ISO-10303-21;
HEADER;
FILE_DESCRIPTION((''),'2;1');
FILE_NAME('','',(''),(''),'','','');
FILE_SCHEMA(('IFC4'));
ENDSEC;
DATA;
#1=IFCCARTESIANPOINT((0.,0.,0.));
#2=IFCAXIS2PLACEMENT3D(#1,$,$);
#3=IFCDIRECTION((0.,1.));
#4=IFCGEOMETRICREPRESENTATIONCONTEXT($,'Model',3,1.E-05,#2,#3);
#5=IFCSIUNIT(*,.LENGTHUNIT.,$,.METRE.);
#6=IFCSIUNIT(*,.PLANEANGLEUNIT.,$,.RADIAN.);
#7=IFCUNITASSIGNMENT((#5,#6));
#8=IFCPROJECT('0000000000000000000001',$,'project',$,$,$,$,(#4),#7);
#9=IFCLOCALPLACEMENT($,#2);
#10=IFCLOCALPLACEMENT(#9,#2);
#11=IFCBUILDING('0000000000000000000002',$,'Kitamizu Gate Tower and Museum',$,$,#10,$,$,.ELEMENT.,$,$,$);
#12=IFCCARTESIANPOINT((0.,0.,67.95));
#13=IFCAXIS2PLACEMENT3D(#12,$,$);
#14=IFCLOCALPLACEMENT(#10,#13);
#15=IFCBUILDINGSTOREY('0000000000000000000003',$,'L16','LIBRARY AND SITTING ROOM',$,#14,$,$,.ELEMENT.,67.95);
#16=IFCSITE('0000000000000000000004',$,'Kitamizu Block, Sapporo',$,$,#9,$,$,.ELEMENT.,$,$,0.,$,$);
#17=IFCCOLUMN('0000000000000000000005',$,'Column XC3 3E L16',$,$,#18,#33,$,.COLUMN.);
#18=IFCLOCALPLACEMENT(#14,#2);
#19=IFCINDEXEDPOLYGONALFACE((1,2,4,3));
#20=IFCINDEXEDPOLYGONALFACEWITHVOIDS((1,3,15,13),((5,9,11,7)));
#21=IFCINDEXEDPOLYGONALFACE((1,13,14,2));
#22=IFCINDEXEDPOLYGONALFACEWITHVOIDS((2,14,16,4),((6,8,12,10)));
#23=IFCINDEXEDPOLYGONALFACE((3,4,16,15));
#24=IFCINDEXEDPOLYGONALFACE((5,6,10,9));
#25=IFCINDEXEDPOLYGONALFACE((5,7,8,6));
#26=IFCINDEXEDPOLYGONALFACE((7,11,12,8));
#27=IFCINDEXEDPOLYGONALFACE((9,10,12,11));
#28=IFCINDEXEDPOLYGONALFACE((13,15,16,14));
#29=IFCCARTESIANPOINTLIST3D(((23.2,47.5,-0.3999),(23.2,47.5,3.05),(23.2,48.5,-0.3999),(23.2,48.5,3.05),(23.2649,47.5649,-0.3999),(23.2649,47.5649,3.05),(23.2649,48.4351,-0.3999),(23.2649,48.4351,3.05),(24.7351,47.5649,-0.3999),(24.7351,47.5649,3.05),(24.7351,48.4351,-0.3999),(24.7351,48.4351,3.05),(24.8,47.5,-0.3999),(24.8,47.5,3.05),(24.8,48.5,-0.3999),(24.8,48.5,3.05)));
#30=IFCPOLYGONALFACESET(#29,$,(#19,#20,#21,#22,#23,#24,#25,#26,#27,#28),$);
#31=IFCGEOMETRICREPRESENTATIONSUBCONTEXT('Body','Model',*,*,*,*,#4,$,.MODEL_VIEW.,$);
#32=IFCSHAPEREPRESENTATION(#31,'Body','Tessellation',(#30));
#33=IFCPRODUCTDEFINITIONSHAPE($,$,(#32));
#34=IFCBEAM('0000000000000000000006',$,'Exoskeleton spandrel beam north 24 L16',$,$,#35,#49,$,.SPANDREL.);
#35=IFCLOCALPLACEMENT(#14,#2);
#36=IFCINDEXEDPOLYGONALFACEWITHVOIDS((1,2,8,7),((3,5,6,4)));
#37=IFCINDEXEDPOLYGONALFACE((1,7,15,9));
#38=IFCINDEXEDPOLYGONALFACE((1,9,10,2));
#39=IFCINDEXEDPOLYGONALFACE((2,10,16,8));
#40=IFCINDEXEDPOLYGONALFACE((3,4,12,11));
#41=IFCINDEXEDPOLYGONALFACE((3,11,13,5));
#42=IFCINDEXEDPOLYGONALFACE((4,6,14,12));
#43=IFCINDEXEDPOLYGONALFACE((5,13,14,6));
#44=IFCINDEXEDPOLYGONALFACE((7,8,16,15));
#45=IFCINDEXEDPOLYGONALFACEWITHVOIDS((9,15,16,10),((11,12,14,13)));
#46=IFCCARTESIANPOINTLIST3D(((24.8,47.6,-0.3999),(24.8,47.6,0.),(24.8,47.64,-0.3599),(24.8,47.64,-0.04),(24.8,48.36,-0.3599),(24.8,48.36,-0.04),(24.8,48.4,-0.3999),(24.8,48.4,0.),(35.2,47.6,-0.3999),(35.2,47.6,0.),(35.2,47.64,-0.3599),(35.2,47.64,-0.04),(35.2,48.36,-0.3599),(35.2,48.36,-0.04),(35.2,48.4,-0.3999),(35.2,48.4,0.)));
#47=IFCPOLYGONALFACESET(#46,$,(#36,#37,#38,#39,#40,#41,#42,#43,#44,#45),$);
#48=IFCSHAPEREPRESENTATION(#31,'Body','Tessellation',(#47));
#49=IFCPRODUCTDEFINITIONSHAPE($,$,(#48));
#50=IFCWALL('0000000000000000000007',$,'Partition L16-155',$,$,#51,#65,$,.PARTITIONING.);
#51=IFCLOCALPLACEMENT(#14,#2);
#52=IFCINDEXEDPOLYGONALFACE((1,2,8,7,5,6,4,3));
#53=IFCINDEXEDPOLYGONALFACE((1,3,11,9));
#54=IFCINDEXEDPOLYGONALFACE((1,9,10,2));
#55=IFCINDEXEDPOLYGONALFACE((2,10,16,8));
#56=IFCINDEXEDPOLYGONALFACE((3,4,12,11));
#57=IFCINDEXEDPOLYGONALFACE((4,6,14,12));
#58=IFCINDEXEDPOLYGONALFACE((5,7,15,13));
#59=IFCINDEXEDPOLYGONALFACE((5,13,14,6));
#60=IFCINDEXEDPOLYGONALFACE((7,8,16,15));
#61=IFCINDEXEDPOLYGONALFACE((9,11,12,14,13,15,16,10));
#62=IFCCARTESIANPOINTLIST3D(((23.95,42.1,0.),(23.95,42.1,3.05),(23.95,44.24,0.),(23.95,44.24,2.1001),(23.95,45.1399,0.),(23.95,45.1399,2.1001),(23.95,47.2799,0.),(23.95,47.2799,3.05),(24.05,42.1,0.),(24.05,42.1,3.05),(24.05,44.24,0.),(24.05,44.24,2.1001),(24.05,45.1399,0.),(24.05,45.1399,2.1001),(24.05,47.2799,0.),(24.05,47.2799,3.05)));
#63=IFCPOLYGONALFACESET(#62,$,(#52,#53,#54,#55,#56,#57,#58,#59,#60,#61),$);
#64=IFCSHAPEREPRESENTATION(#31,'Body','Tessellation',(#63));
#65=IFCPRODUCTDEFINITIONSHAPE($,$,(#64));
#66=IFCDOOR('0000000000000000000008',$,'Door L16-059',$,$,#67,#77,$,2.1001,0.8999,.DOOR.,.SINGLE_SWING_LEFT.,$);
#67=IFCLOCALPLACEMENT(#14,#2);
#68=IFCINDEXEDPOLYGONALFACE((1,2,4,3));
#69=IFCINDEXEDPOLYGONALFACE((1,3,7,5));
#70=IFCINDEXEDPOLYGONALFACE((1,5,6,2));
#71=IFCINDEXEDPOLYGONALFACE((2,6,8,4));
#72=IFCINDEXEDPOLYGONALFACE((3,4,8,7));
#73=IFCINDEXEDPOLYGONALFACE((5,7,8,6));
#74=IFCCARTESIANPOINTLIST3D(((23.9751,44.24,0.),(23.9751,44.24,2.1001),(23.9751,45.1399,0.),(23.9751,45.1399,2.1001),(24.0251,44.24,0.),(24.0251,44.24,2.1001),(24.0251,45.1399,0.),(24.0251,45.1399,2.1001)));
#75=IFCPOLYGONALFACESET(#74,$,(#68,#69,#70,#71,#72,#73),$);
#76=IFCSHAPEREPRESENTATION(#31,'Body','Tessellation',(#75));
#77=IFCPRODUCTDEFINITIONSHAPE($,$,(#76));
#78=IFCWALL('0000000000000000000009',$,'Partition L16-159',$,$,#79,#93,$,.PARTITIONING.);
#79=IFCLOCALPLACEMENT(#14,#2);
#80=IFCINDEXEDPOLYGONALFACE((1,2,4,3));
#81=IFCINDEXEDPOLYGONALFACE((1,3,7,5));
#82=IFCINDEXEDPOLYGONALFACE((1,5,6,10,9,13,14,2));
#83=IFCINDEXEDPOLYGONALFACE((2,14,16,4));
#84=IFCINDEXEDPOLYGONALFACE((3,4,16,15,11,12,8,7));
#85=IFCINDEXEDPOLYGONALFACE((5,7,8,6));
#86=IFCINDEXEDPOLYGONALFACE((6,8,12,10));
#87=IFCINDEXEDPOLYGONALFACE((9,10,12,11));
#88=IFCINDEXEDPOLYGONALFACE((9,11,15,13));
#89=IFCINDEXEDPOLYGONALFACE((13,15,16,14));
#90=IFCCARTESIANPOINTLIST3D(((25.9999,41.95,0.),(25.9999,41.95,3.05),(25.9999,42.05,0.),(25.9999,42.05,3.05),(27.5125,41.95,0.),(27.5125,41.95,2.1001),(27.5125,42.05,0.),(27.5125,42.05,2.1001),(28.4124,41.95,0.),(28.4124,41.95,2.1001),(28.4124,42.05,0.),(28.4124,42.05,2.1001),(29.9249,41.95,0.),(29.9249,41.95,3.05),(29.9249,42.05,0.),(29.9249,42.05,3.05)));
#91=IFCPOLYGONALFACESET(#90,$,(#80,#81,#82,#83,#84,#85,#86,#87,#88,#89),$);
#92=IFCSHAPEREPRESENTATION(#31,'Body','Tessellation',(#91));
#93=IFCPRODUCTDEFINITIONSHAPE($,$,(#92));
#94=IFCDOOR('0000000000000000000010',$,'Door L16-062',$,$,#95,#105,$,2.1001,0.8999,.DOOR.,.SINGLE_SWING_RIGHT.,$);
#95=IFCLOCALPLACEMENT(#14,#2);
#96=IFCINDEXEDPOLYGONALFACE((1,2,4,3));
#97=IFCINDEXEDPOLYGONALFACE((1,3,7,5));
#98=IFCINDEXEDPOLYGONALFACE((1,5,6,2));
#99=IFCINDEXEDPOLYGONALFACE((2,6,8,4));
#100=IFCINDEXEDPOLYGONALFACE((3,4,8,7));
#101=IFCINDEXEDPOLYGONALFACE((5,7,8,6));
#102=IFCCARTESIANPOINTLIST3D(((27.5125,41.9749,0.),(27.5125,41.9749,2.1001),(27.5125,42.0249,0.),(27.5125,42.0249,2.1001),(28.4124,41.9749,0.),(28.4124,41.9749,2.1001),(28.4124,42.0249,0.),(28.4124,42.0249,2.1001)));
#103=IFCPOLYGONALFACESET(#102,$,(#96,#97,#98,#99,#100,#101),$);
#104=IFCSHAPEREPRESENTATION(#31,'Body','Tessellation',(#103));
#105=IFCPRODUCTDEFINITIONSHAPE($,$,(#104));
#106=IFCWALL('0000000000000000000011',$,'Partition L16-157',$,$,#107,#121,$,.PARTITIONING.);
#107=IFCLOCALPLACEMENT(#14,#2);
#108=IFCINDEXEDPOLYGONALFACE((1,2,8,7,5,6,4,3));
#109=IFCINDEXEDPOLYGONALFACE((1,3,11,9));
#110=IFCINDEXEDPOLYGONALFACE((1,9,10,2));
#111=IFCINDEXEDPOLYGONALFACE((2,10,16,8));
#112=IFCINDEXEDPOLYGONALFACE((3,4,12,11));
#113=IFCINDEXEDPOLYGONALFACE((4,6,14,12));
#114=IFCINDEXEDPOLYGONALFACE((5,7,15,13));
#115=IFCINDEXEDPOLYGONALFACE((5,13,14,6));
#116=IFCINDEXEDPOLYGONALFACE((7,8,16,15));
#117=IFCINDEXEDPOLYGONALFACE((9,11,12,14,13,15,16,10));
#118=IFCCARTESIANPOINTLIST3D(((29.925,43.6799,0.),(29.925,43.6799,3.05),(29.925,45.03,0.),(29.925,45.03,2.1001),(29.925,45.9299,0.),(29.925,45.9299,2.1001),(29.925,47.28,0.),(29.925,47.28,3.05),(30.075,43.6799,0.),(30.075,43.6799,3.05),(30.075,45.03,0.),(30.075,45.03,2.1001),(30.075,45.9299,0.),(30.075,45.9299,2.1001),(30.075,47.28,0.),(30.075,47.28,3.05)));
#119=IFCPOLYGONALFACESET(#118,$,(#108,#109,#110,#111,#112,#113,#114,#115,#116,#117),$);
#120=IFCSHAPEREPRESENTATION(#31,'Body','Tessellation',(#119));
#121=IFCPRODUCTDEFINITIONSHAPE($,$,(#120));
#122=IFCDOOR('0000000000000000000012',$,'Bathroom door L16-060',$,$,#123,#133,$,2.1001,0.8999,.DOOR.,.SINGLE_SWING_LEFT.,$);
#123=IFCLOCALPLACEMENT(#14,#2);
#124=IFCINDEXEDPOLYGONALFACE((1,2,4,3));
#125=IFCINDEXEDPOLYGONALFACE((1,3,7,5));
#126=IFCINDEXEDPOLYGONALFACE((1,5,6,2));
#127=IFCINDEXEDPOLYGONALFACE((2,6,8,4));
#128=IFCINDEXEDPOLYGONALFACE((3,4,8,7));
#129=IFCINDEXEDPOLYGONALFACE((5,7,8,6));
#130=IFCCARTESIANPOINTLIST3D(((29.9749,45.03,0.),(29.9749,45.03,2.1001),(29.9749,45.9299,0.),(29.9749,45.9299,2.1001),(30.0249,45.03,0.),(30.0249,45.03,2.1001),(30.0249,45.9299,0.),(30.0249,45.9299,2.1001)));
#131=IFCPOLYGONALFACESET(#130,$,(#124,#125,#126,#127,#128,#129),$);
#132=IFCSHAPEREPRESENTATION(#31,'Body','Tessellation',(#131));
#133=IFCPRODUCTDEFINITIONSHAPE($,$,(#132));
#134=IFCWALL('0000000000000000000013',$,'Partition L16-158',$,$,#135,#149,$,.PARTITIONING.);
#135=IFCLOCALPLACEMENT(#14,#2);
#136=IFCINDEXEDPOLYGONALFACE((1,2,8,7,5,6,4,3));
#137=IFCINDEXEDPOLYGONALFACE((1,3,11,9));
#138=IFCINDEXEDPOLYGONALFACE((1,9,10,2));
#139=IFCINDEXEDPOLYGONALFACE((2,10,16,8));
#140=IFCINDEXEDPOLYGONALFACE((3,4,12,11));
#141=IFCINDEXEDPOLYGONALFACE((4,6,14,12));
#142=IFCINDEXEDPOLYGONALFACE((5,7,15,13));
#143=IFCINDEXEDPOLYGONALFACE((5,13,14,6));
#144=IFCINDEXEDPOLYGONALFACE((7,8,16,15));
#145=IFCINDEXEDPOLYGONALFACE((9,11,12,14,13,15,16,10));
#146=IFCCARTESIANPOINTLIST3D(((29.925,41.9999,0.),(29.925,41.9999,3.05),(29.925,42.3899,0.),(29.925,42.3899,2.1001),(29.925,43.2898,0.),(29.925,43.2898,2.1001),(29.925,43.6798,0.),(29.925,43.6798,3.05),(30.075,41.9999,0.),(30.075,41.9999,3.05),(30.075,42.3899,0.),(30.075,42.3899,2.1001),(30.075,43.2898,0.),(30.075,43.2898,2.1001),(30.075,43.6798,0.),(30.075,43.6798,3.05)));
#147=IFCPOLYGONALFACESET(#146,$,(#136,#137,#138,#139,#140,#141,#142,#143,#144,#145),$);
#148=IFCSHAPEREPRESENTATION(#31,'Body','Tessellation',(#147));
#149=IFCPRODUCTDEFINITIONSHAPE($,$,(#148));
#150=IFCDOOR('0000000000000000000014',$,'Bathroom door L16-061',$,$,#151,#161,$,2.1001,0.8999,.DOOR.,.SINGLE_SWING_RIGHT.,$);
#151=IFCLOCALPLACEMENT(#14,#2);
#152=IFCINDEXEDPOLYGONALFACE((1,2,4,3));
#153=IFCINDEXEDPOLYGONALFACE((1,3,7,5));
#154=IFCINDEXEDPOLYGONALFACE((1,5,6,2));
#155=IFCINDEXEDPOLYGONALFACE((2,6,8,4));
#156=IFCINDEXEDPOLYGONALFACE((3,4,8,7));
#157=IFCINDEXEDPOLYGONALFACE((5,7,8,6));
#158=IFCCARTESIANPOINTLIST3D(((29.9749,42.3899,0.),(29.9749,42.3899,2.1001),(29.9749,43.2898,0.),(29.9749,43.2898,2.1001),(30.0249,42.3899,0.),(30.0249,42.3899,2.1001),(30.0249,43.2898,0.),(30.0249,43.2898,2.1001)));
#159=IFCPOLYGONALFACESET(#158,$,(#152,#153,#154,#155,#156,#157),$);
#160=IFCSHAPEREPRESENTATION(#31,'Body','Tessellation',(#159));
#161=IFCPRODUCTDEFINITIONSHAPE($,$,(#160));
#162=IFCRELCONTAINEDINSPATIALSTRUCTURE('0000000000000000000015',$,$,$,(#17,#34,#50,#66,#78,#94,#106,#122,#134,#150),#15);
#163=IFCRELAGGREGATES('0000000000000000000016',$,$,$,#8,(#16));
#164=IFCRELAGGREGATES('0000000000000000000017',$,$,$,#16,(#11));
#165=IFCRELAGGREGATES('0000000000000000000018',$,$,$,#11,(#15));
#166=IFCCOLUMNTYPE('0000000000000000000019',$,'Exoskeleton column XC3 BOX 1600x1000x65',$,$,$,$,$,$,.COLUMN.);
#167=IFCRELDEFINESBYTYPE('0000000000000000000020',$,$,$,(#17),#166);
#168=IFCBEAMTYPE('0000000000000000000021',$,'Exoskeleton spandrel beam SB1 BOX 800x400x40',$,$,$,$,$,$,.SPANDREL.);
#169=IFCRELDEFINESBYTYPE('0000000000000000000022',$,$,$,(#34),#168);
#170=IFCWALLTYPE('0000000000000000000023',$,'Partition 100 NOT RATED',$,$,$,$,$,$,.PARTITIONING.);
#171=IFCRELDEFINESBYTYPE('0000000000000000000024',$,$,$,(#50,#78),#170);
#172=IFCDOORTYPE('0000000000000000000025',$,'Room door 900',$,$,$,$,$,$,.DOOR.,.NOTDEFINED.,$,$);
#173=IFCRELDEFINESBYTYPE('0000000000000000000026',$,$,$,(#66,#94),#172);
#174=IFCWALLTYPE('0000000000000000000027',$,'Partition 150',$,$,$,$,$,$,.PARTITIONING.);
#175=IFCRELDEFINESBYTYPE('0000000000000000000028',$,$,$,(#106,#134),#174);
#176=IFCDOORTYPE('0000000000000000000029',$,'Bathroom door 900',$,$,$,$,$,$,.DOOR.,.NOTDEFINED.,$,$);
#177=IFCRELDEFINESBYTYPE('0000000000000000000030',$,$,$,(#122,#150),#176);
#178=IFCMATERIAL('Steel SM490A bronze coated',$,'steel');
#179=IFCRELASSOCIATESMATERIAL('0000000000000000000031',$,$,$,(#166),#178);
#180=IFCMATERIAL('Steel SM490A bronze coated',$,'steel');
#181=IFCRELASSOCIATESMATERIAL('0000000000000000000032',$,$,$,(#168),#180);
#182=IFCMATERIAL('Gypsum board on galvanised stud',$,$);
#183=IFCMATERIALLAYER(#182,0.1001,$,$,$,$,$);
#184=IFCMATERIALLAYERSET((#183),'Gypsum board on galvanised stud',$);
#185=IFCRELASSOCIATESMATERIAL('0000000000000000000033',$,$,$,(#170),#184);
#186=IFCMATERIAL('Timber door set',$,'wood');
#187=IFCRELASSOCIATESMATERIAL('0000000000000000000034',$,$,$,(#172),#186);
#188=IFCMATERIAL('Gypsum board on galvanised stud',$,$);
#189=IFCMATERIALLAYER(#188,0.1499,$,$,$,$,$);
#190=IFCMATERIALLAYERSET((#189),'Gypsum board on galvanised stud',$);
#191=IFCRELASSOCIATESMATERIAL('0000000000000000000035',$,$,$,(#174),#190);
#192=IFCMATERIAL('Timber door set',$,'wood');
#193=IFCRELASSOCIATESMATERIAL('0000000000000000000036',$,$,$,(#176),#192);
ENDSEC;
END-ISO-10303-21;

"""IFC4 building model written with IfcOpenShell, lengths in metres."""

from ifc_helpers import new_model, si_unit, direction, frame, frame_2d, origin, origin_2d, place, context, subcontext, project, spatial, rectangle, hollow_rectangle, extrude, material, layer, layer_set, material_profile, profile_set, type_object, element, fill, save


model = new_model("IFC4")

# Units and contexts
model_context = context("Model", 3, precision=1e-05, world=origin(), true_north=direction((0.0, 1.0)))
body_context = subcontext(model_context, "Body", "Model", "MODEL_VIEW")
ifc_project = project(units=[si_unit("LENGTHUNIT", "METRE"), si_unit("PLANEANGLEUNIT", "RADIAN")], contexts=[model_context])

# Site, building, storey
site_placement = place(None, origin())
site = spatial("IfcSite", under=ifc_project, at=site_placement, Name="Kitamizu Block, Sapporo", CompositionType="ELEMENT", RefElevation=0.0)
building_placement = place(site_placement, origin())
building = spatial("IfcBuilding", under=site, at=building_placement, Name="Kitamizu Gate Tower and Museum", CompositionType="ELEMENT")
storey_placement = place(building_placement, frame((0.0, 0.0, 67.95)))
storey = spatial("IfcBuildingStorey", under=building, at=storey_placement, Name="L16", Description="LIBRARY AND SITTING ROOM", CompositionType="ELEMENT", Elevation=67.95)

# Column
ifc_material_1 = material(Name="Steel SM490A bronze coated", Category="steel")
ifc_material_profile_1 = material_profile(ifc_material_1, hollow_rectangle(XDim=1.6001, YDim=1.0, WallThickness=0.0649, at=origin_2d()), Name="BOX 1600x1000x65")
ifc_profile_set_1 = profile_set([ifc_material_profile_1], Name="Steel SM490A bronze coated")
column_type = type_object("IfcColumnType", Name="Exoskeleton column XC3 BOX 1600x1000x65", PredefinedType="COLUMN", material=ifc_profile_set_1)
column_placement = place(storey_placement, frame((24.0, 48.0, -0.3999), z_axis=(0.0, 0.0, 1.0), x_axis=(1.0, 0.0, 0.0)))
element("IfcColumn", 1, at=column_placement, inside=storey, type_object=column_type, Name="Column XC3 3E L16", PredefinedType="COLUMN", context=body_context, shape_type="SweptSolid", body=[
    extrude(hollow_rectangle(XDim=1.6001, YDim=1.0, WallThickness=0.0649, at=origin_2d()), origin(), (0.0, 0.0, 1.0), 3.45),
])

# Beam
ifc_material_2 = material(Name="Steel SM490A bronze coated", Category="steel")
ifc_material_profile_2 = material_profile(ifc_material_2, hollow_rectangle(XDim=0.8, YDim=0.3999, WallThickness=0.04, at=origin_2d()), Name="BOX 800x400x40")
ifc_profile_set_2 = profile_set([ifc_material_profile_2], Name="Steel SM490A bronze coated")
beam_type = type_object("IfcBeamType", Name="Exoskeleton spandrel beam SB1 BOX 800x400x40", PredefinedType="SPANDREL", material=ifc_profile_set_2)
beam_placement = place(storey_placement, frame((24.8, 48.0, -0.2), z_axis=(1.0, 0.0, 0.0), x_axis=(0.0, 1.0, 0.0)))
element("IfcBeam", 2, at=beam_placement, inside=storey, type_object=beam_type, Name="Exoskeleton spandrel beam north 24 L16", PredefinedType="SPANDREL", context=body_context, shape_type="SweptSolid", body=[
    extrude(hollow_rectangle(XDim=0.8, YDim=0.3999, WallThickness=0.04, at=origin_2d()), origin(), (0.0, 0.0, 1.0), 10.3999),
])

# Walls, openings, doors
ifc_material_3 = material(Name="Gypsum board on galvanised stud")
ifc_layer_1 = layer(ifc_material_3, 0.1001)
ifc_layer_set_1 = layer_set([ifc_layer_1], Name="Gypsum board on galvanised stud")
wall_type_1 = type_object("IfcWallType", Name="Partition 100 NOT RATED", PredefinedType="PARTITIONING", material=ifc_layer_set_1)
wall_1_placement = place(storey_placement, frame((24.0, 42.1001, 0.0), z_axis=(0.0, 0.0, 1.0), x_axis=(0.0, 1.0, 0.0)))
wall_1 = element("IfcWall", 3, at=wall_1_placement, inside=storey, type_object=wall_type_1, Name="Partition L16-155", PredefinedType="PARTITIONING", context=body_context, shape_type="SweptSolid", body=[
    extrude(rectangle(XDim=5.1799, YDim=0.1001, at=frame_2d((2.5898, 0.0))), origin(), (0.0, 0.0, 1.0), 3.05),
])
opening_1_placement = place(wall_1_placement, frame((2.1399, 0.0, 0.0)))
opening_1 = element("IfcOpeningElement", 4, at=opening_1_placement, cuts=wall_1, PredefinedType="OPENING", context=body_context, shape_type="SweptSolid", body=[
    extrude(rectangle(XDim=0.8999, YDim=2.1001, at=frame_2d((0.45, 1.05))), frame((0.0, 0.0601, 0.0), z_axis=(0.0, -1.0, 0.0), x_axis=(1.0, 0.0, 0.0)), (0.0, 0.0, 1.0), 0.1201),
])
ifc_material_4 = material(Name="Timber door set", Category="wood")
door_type_1 = type_object("IfcDoorType", Name="Room door 900", OperationType="NOTDEFINED", PredefinedType="DOOR", material=ifc_material_4)
door_1_placement = place(opening_1_placement, origin())
door_1 = element("IfcDoor", 5, at=door_1_placement, inside=storey, type_object=door_type_1, Name="Door L16-059", OperationType="SINGLE_SWING_LEFT", OverallHeight=2.1001, OverallWidth=0.8999, PredefinedType="DOOR", context=body_context, shape_type="SweptSolid", body=[
    extrude(rectangle(XDim=0.8999, YDim=2.1001, at=frame_2d((0.45, 1.05))), frame((0.0, 0.0249, 0.0), z_axis=(0.0, -1.0, 0.0), x_axis=(1.0, 0.0, 0.0)), (0.0, 0.0, 1.0), 0.05),
])
fill(opening_1, door_1)
wall_2_placement = place(storey_placement, frame((26.0, 42.0, 0.0), z_axis=(0.0, 0.0, 1.0), x_axis=(1.0, 0.0, 0.0)))
wall_2 = element("IfcWall", 6, at=wall_2_placement, inside=storey, type_object=wall_type_1, Name="Partition L16-159", PredefinedType="PARTITIONING", context=body_context, shape_type="SweptSolid", body=[
    extrude(rectangle(XDim=3.925, YDim=0.1001, at=frame_2d((1.9624, 0.0))), origin(), (0.0, 0.0, 1.0), 3.05),
])
opening_2_placement = place(wall_2_placement, frame((1.5125, 0.0, 0.0)))
opening_2 = element("IfcOpeningElement", 7, at=opening_2_placement, cuts=wall_2, PredefinedType="OPENING", context=body_context, shape_type="SweptSolid", body=[
    extrude(rectangle(XDim=0.8999, YDim=2.1001, at=frame_2d((0.45, 1.05))), frame((0.0, 0.0601, 0.0), z_axis=(0.0, -1.0, 0.0), x_axis=(1.0, 0.0, 0.0)), (0.0, 0.0, 1.0), 0.1201),
])
door_2_placement = place(opening_2_placement, origin())
door_2 = element("IfcDoor", 8, at=door_2_placement, inside=storey, type_object=door_type_1, Name="Door L16-062", OperationType="SINGLE_SWING_RIGHT", OverallHeight=2.1001, OverallWidth=0.8999, PredefinedType="DOOR", context=body_context, shape_type="SweptSolid", body=[
    extrude(rectangle(XDim=0.8999, YDim=2.1001, at=frame_2d((0.45, 1.05))), frame((0.0, 0.0249, 0.0), z_axis=(0.0, -1.0, 0.0), x_axis=(1.0, 0.0, 0.0)), (0.0, 0.0, 1.0), 0.05),
])
fill(opening_2, door_2)
ifc_material_5 = material(Name="Gypsum board on galvanised stud")
ifc_layer_2 = layer(ifc_material_5, 0.1499)
ifc_layer_set_2 = layer_set([ifc_layer_2], Name="Gypsum board on galvanised stud")
wall_type_2 = type_object("IfcWallType", Name="Partition 150", PredefinedType="PARTITIONING", material=ifc_layer_set_2)
wall_3_placement = place(storey_placement, frame((30.0, 43.6799, 0.0), z_axis=(0.0, 0.0, 1.0), x_axis=(0.0, 1.0, 0.0)))
wall_3 = element("IfcWall", 9, at=wall_3_placement, inside=storey, type_object=wall_type_2, Name="Partition L16-157", PredefinedType="PARTITIONING", context=body_context, shape_type="SweptSolid", body=[
    extrude(rectangle(XDim=3.6001, YDim=0.1499, at=frame_2d((1.8, 0.0))), origin(), (0.0, 0.0, 1.0), 3.05),
])
opening_3_placement = place(wall_3_placement, frame((1.3501, 0.0, 0.0)))
opening_3 = element("IfcOpeningElement", 10, at=opening_3_placement, cuts=wall_3, PredefinedType="OPENING", context=body_context, shape_type="SweptSolid", body=[
    extrude(rectangle(XDim=0.8999, YDim=2.1001, at=frame_2d((0.45, 1.05))), frame((0.0, 0.085, 0.0), z_axis=(0.0, -1.0, 0.0), x_axis=(1.0, 0.0, 0.0)), (0.0, 0.0, 1.0), 0.1699),
])
ifc_material_6 = material(Name="Timber door set", Category="wood")
door_type_2 = type_object("IfcDoorType", Name="Bathroom door 900", OperationType="NOTDEFINED", PredefinedType="DOOR", material=ifc_material_6)
door_3_placement = place(opening_3_placement, frame((0.8999, 0.0, 0.0), x_axis=(-1.0, 0.0, 0.0)))
door_3 = element("IfcDoor", 11, at=door_3_placement, inside=storey, type_object=door_type_2, Name="Bathroom door L16-060", OperationType="SINGLE_SWING_LEFT", OverallHeight=2.1001, OverallWidth=0.8999, PredefinedType="DOOR", context=body_context, shape_type="SweptSolid", body=[
    extrude(rectangle(XDim=0.8999, YDim=2.1001, at=frame_2d((0.45, 1.05))), frame((0.0, 0.0249, 0.0), z_axis=(0.0, -1.0, 0.0), x_axis=(1.0, 0.0, 0.0)), (0.0, 0.0, 1.0), 0.05),
])
fill(opening_3, door_3)
wall_4_placement = place(storey_placement, frame((30.0, 42.0, 0.0), z_axis=(0.0, 0.0, 1.0), x_axis=(0.0, 1.0, 0.0)))
wall_4 = element("IfcWall", 12, at=wall_4_placement, inside=storey, type_object=wall_type_2, Name="Partition L16-158", PredefinedType="PARTITIONING", context=body_context, shape_type="SweptSolid", body=[
    extrude(rectangle(XDim=1.6799, YDim=0.1499, at=frame_2d((0.8398, 0.0))), origin(), (0.0, 0.0, 1.0), 3.05),
])
opening_4_placement = place(wall_4_placement, frame((0.3899, 0.0, 0.0)))
opening_4 = element("IfcOpeningElement", 13, at=opening_4_placement, cuts=wall_4, PredefinedType="OPENING", context=body_context, shape_type="SweptSolid", body=[
    extrude(rectangle(XDim=0.8999, YDim=2.1001, at=frame_2d((0.45, 1.05))), frame((0.0, 0.085, 0.0), z_axis=(0.0, -1.0, 0.0), x_axis=(1.0, 0.0, 0.0)), (0.0, 0.0, 1.0), 0.1699),
])
door_4_placement = place(opening_4_placement, frame((0.8999, 0.0, 0.0), x_axis=(-1.0, 0.0, 0.0)))
door_4 = element("IfcDoor", 14, at=door_4_placement, inside=storey, type_object=door_type_2, Name="Bathroom door L16-061", OperationType="SINGLE_SWING_RIGHT", OverallHeight=2.1001, OverallWidth=0.8999, PredefinedType="DOOR", context=body_context, shape_type="SweptSolid", body=[
    extrude(rectangle(XDim=0.8999, YDim=2.1001, at=frame_2d((0.45, 1.05))), frame((0.0, 0.0249, 0.0), z_axis=(0.0, -1.0, 0.0), x_axis=(1.0, 0.0, 0.0)), (0.0, 0.0, 1.0), 0.05),
])
fill(opening_4, door_4)

save(model, "model.ifc")
